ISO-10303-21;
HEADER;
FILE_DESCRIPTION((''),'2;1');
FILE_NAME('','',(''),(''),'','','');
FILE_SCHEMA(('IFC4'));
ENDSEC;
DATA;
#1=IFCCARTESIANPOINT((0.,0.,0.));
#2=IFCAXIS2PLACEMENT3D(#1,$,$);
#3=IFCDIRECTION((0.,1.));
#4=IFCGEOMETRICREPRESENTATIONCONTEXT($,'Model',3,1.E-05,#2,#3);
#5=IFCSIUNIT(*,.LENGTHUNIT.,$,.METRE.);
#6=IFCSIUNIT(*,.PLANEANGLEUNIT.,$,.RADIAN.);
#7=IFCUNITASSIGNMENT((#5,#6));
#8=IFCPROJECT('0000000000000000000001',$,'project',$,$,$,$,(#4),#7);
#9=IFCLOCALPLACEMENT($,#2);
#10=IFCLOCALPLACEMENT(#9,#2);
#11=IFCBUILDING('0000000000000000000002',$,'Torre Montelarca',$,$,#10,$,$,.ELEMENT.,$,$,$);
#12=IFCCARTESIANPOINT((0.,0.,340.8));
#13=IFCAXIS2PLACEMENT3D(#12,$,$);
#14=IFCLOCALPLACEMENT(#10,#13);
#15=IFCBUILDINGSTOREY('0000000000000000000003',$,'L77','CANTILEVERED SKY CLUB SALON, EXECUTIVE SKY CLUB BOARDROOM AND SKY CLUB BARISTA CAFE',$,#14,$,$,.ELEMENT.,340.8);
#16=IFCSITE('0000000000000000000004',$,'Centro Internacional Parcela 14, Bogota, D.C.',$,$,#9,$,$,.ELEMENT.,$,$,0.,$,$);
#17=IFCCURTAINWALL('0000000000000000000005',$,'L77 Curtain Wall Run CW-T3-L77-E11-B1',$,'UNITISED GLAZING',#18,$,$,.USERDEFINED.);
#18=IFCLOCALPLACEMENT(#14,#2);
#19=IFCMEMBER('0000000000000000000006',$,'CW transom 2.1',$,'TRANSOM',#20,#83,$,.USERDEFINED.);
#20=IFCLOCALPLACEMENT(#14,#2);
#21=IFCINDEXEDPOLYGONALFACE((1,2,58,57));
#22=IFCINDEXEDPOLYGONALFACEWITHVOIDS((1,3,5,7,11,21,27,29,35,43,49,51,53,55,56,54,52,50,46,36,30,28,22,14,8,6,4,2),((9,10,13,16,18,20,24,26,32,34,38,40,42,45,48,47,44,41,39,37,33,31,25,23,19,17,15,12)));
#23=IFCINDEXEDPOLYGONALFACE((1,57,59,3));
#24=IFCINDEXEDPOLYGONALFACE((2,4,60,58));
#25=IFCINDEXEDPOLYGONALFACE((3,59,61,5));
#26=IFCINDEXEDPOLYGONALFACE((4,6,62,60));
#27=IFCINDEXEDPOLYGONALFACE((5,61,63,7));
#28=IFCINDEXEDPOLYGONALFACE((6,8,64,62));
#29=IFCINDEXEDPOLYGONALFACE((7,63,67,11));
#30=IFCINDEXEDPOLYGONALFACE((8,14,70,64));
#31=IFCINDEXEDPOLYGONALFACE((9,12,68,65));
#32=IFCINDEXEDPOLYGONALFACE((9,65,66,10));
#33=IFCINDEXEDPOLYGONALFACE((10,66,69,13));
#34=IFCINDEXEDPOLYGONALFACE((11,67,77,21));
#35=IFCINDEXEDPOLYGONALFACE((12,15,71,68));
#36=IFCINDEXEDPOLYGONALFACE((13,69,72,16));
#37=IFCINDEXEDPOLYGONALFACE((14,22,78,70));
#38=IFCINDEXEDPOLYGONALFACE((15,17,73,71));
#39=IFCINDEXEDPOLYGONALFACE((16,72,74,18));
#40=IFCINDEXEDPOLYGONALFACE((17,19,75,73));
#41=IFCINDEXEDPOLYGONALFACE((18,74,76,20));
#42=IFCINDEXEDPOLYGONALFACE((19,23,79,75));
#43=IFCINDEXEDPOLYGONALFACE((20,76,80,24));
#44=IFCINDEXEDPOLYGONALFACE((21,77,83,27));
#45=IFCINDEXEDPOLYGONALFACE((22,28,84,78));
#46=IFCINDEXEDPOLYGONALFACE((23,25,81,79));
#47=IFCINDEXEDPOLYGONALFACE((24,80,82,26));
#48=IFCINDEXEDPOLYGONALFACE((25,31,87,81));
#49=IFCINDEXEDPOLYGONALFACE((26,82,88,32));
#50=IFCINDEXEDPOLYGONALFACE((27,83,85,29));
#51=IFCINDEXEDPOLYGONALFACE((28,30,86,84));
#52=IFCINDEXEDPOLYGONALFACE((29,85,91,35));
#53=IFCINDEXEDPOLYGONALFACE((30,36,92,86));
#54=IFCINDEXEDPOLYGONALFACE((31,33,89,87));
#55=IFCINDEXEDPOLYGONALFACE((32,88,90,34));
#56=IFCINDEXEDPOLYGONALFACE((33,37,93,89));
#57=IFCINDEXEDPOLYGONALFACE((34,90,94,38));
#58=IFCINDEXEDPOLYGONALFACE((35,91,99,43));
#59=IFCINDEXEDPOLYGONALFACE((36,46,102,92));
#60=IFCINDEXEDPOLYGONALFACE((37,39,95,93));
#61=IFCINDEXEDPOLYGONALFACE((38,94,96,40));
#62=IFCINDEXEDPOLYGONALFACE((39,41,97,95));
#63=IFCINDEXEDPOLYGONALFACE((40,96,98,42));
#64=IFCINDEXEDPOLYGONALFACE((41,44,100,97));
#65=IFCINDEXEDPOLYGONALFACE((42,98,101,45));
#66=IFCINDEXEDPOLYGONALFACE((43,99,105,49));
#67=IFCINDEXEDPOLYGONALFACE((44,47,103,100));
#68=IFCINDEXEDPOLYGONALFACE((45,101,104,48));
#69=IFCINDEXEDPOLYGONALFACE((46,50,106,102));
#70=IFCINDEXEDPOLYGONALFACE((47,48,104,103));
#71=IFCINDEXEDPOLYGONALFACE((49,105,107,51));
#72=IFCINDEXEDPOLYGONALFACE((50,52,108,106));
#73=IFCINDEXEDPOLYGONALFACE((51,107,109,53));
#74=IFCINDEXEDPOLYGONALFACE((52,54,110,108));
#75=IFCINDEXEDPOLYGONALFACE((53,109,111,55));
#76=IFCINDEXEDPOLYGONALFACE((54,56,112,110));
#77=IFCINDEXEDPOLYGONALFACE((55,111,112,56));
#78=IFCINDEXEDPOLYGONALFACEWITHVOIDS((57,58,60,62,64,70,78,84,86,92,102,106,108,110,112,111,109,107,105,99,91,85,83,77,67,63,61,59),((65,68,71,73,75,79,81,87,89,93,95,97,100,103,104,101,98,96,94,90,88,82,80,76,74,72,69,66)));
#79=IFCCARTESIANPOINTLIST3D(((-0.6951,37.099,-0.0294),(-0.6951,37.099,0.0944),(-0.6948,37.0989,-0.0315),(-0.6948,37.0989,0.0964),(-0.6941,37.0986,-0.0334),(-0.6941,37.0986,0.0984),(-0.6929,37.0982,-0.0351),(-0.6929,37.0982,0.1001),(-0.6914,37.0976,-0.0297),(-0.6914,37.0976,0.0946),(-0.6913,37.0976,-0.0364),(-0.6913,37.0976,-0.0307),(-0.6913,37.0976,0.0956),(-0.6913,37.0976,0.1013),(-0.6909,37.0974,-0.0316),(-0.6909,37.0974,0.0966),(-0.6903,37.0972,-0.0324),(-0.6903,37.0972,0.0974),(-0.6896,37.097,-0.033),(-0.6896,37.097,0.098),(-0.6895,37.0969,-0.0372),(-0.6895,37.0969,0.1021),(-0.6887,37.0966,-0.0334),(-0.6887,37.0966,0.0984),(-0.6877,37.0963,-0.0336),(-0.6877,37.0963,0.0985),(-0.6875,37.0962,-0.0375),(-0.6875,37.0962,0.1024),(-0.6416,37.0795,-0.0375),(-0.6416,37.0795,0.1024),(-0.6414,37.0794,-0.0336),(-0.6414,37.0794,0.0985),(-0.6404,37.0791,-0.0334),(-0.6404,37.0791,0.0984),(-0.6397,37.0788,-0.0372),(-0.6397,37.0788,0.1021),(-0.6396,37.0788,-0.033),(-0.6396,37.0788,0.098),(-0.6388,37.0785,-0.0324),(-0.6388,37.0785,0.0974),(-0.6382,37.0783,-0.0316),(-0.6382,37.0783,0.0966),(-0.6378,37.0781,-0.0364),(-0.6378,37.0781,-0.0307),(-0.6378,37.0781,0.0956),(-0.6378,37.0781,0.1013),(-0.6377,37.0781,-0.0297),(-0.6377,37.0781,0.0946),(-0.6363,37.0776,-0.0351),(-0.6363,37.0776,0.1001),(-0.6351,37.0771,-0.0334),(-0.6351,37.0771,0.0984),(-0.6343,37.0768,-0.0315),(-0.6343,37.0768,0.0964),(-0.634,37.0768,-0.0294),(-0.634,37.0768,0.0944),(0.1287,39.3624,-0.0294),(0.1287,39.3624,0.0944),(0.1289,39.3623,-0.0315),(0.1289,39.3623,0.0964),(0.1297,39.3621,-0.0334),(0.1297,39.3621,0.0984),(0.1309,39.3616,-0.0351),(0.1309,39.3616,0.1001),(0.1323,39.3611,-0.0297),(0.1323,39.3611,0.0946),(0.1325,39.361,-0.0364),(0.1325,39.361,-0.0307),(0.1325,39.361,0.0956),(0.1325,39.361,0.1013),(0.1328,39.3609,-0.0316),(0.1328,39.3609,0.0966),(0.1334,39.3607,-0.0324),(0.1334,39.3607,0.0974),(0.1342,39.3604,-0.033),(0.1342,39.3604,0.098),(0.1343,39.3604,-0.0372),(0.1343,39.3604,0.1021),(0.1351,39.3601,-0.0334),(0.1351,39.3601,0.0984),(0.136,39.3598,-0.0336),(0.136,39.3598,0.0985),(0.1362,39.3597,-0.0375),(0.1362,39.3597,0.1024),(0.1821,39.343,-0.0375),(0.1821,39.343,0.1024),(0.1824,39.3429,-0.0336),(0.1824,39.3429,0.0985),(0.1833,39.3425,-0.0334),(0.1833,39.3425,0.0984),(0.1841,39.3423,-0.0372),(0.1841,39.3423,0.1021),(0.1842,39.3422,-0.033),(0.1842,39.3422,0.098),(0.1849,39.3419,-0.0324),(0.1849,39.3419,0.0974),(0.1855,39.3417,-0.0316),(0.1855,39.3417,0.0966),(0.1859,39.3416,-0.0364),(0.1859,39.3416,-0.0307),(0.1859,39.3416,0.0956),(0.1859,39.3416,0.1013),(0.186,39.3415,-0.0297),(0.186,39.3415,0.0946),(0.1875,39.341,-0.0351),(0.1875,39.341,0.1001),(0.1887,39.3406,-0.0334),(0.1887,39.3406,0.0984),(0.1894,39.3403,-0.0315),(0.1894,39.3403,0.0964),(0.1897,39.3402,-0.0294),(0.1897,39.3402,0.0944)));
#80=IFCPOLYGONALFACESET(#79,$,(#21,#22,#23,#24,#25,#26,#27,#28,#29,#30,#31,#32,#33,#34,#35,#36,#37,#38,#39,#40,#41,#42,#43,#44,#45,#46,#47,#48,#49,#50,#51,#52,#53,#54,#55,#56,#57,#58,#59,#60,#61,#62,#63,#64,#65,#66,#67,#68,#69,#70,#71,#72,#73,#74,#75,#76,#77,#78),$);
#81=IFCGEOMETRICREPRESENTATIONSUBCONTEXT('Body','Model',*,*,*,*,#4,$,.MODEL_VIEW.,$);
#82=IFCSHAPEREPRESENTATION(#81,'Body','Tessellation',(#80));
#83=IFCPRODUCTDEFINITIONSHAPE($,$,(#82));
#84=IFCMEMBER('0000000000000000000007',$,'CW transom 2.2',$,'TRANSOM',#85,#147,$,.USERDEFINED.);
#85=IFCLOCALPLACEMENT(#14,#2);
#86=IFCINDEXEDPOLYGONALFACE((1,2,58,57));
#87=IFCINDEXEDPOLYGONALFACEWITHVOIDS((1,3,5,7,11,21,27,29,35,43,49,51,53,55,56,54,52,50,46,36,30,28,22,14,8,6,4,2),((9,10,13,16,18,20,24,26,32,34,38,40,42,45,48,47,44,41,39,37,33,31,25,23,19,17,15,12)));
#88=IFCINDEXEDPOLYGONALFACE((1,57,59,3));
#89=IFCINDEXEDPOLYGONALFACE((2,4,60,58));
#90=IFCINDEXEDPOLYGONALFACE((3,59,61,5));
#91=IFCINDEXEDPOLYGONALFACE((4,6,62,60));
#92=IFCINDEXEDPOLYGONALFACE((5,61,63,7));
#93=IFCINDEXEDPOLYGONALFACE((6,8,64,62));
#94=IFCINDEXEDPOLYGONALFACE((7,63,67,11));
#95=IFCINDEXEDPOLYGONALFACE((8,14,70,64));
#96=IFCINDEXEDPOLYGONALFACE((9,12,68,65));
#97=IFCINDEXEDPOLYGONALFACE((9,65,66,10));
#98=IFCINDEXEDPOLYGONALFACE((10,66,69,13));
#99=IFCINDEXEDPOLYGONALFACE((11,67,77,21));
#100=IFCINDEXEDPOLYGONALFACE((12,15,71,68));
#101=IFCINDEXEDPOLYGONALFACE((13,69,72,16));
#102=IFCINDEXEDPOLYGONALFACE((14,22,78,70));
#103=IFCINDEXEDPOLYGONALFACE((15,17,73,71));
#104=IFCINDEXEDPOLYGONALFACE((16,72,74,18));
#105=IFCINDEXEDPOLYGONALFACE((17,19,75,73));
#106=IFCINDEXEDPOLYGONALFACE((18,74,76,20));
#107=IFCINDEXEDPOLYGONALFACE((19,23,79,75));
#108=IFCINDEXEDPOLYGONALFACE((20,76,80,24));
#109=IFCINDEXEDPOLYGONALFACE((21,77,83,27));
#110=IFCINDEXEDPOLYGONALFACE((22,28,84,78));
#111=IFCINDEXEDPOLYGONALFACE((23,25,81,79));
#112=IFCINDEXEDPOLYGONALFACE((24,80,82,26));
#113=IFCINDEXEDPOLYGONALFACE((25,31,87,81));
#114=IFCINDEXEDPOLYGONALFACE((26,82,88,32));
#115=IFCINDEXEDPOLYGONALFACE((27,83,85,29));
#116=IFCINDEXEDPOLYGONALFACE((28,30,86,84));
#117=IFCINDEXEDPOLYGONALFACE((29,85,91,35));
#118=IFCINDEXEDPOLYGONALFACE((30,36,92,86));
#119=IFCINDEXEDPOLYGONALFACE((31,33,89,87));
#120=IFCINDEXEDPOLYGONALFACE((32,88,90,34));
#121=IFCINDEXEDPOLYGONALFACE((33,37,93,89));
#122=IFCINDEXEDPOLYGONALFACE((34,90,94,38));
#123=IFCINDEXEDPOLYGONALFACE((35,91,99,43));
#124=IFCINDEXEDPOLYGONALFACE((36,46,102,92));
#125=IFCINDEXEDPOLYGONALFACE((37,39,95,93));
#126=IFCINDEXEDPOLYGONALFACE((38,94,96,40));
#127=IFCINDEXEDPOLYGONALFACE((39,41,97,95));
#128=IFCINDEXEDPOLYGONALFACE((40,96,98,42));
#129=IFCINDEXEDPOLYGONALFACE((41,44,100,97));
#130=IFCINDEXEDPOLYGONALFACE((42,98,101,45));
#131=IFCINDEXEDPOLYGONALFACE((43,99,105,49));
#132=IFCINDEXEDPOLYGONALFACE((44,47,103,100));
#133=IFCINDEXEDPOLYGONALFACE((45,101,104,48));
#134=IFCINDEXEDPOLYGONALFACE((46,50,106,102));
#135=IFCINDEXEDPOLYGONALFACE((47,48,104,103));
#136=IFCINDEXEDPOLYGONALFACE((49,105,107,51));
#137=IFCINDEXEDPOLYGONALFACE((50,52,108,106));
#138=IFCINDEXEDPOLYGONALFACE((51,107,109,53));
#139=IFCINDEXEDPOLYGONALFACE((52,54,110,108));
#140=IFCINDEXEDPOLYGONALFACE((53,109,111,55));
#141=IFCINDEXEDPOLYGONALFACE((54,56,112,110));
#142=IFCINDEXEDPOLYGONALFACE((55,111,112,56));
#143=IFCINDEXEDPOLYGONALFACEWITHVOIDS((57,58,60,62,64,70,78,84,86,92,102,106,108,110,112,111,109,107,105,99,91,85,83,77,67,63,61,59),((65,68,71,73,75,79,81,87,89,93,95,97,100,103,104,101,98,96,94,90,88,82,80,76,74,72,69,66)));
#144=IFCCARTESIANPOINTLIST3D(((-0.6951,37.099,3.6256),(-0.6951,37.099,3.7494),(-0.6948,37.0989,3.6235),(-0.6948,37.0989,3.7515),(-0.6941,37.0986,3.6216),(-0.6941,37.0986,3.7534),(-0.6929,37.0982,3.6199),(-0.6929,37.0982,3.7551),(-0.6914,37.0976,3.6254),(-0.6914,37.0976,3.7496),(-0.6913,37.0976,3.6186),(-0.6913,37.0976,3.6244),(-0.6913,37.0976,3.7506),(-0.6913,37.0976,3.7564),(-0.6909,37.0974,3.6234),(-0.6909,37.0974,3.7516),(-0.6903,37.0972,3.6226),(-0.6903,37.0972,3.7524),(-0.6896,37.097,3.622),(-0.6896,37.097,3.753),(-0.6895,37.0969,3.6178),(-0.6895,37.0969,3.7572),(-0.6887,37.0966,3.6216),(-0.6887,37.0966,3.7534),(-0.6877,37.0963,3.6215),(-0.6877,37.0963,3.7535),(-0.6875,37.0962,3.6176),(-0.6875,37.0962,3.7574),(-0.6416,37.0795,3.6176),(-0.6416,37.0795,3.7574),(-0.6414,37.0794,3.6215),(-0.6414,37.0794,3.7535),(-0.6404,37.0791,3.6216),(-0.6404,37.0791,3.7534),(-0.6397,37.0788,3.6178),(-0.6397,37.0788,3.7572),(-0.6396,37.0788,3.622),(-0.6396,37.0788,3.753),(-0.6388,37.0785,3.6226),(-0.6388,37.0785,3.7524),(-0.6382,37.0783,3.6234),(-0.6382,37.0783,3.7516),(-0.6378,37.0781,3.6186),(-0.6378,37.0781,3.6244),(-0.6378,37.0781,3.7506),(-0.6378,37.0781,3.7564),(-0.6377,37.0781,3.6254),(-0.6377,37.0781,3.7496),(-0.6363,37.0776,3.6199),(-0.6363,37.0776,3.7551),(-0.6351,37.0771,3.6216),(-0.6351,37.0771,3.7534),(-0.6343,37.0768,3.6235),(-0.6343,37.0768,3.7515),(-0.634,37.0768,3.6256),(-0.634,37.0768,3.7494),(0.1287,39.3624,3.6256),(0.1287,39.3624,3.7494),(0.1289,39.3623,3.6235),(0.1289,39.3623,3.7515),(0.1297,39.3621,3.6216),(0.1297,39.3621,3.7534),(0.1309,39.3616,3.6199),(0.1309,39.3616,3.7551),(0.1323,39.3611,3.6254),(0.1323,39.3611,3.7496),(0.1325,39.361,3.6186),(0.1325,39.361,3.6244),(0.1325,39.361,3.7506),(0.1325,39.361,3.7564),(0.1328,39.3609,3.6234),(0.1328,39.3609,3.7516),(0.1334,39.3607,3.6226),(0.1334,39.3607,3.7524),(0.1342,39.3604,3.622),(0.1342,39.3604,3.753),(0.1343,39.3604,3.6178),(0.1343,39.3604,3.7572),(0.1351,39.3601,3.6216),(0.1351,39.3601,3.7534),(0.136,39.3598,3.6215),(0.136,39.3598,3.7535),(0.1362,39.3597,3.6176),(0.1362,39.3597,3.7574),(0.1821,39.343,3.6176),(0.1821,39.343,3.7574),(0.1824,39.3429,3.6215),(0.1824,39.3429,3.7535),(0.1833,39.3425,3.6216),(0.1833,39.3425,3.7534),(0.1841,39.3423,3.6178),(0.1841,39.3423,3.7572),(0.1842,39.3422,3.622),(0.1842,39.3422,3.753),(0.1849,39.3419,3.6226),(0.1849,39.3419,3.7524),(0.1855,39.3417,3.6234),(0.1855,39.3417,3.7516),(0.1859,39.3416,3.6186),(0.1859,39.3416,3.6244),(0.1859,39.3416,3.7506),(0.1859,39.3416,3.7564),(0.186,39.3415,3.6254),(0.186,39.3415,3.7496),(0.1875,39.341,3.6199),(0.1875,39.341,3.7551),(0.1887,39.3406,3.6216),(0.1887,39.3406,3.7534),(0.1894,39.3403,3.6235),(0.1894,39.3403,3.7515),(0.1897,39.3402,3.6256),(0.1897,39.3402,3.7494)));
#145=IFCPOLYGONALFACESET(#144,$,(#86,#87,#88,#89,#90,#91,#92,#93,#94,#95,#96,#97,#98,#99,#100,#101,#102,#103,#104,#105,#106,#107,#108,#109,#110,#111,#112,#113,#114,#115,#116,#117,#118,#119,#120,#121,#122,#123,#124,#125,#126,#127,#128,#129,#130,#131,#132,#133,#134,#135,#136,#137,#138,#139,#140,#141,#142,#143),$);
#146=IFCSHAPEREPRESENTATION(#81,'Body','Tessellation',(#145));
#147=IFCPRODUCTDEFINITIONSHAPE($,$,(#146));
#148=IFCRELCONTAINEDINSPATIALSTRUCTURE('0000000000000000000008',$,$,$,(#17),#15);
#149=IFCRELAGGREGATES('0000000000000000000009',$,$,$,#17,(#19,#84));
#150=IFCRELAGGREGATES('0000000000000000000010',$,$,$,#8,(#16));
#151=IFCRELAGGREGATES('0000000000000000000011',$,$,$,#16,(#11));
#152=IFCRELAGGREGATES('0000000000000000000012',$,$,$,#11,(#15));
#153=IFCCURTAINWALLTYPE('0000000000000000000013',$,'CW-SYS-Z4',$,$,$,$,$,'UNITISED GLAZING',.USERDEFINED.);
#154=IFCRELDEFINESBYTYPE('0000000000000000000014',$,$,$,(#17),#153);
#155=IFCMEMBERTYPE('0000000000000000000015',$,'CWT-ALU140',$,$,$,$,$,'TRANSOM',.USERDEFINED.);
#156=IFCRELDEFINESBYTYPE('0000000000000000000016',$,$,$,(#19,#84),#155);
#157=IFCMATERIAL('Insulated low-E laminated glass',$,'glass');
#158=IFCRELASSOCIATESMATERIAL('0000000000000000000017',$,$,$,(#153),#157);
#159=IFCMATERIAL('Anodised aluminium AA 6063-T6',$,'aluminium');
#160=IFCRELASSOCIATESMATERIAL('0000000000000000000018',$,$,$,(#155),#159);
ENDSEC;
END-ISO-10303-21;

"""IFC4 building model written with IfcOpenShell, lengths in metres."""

from ifc_helpers import new_model, si_unit, direction, frame, origin, origin_2d, place, context, subcontext, project, spatial, hollow_rectangle, extrude, source, transform, mapped, material, material_profile, profile_set, type_object, element, aggregate, save


model = new_model("IFC4")

# Units and contexts
model_context = context("Model", 3, precision=1e-05, world=origin(), true_north=direction((0.0, 1.0)))
body_context = subcontext(model_context, "Body", "Model", "MODEL_VIEW")
ifc_project = project(units=[si_unit("LENGTHUNIT", "METRE"), si_unit("PLANEANGLEUNIT", "RADIAN")], contexts=[model_context])

# Site, building, storey
site_placement = place(None, origin())
site = spatial("IfcSite", under=ifc_project, at=site_placement, Name="Centro Internacional Parcela 14, Bogota, D.C.", CompositionType="ELEMENT", RefElevation=0.0)
building_placement = place(site_placement, origin())
building = spatial("IfcBuilding", under=site, at=building_placement, Name="Torre Montelarca", CompositionType="ELEMENT")
storey_placement = place(building_placement, frame((0.0, 0.0, 340.8)))
storey = spatial("IfcBuildingStorey", under=building, at=storey_placement, Name="L77", Description="CANTILEVERED SKY CLUB SALON, EXECUTIVE SKY CLUB BOARDROOM AND SKY CLUB BARISTA CAFE", CompositionType="ELEMENT", Elevation=340.8)

# Curtain wall, members
ifc_material_1 = material(Name="Insulated low-E laminated glass", Category="glass")
curtain_wall_type = type_object("IfcCurtainWallType", Name="CW-SYS-Z4", ElementType="UNITISED GLAZING", PredefinedType="USERDEFINED", material=ifc_material_1)
ifc_material_2 = material(Name="Anodised aluminium AA 6063-T6", Category="aluminium")
curtain_wall_1_placement = place(storey_placement, origin())
curtain_wall_1 = element("IfcCurtainWall", 1, at=curtain_wall_1_placement, inside=storey, type_object=curtain_wall_type, Name="L77 Curtain Wall Run CW-T3-L77-E11-B1", ObjectType="UNITISED GLAZING", PredefinedType="USERDEFINED")
ifc_material_profile_1 = material_profile(ifc_material_2, hollow_rectangle(XDim=0.0649, YDim=0.1399, WallThickness=0.0039, InnerFilletRadius=0.0039, OuterFilletRadius=0.0081, at=origin_2d()), Name="ALU65X140X4", Category="aluminium")
ifc_profile_set_1 = profile_set([ifc_material_profile_1], Name="Anodised aluminium AA 6063-T6")
member_type_1 = type_object("IfcMemberType", Name="CWT-ALU140", ElementType="TRANSOM", PredefinedType="USERDEFINED", material=ifc_profile_set_1)
shared_shape_1 = source(origin(), body_context, "Body", "SweptSolid", [
    extrude(hollow_rectangle(XDim=0.0649, YDim=0.1399, WallThickness=0.0039, InnerFilletRadius=0.0039, OuterFilletRadius=0.0081, at=origin_2d()), origin(), (0.0, 0.0, 1.0), 2.4087),
])
member_1_placement = place(storey_placement, frame((0.1592, 39.3513, 0.0325), z_axis=(-0.341987, -0.939705, 0.0), x_axis=(0.939705, -0.341987, 0.0)))
member_1 = element("IfcMember", 2, at=member_1_placement, type_object=member_type_1, Name="CW transom 2.1", ObjectType="TRANSOM", PredefinedType="USERDEFINED", context=body_context, shape_type="MappedRepresentation", body=[
    mapped(shared_shape_1, transform((0.0, 0.0, 0.0), scale=1.0)),
])
member_2_placement = place(storey_placement, frame((0.1592, 39.3513, 3.6875), z_axis=(-0.341987, -0.939705, 0.0), x_axis=(0.939705, -0.341987, 0.0)))
member_2 = element("IfcMember", 3, at=member_2_placement, type_object=member_type_1, Name="CW transom 2.2", ObjectType="TRANSOM", PredefinedType="USERDEFINED", context=body_context, shape_type="MappedRepresentation", body=[
    mapped(shared_shape_1, transform((0.0, 0.0, 0.0), scale=1.0)),
])

aggregate(curtain_wall_1, [member_1, member_2])

save(model, "model.ifc")
